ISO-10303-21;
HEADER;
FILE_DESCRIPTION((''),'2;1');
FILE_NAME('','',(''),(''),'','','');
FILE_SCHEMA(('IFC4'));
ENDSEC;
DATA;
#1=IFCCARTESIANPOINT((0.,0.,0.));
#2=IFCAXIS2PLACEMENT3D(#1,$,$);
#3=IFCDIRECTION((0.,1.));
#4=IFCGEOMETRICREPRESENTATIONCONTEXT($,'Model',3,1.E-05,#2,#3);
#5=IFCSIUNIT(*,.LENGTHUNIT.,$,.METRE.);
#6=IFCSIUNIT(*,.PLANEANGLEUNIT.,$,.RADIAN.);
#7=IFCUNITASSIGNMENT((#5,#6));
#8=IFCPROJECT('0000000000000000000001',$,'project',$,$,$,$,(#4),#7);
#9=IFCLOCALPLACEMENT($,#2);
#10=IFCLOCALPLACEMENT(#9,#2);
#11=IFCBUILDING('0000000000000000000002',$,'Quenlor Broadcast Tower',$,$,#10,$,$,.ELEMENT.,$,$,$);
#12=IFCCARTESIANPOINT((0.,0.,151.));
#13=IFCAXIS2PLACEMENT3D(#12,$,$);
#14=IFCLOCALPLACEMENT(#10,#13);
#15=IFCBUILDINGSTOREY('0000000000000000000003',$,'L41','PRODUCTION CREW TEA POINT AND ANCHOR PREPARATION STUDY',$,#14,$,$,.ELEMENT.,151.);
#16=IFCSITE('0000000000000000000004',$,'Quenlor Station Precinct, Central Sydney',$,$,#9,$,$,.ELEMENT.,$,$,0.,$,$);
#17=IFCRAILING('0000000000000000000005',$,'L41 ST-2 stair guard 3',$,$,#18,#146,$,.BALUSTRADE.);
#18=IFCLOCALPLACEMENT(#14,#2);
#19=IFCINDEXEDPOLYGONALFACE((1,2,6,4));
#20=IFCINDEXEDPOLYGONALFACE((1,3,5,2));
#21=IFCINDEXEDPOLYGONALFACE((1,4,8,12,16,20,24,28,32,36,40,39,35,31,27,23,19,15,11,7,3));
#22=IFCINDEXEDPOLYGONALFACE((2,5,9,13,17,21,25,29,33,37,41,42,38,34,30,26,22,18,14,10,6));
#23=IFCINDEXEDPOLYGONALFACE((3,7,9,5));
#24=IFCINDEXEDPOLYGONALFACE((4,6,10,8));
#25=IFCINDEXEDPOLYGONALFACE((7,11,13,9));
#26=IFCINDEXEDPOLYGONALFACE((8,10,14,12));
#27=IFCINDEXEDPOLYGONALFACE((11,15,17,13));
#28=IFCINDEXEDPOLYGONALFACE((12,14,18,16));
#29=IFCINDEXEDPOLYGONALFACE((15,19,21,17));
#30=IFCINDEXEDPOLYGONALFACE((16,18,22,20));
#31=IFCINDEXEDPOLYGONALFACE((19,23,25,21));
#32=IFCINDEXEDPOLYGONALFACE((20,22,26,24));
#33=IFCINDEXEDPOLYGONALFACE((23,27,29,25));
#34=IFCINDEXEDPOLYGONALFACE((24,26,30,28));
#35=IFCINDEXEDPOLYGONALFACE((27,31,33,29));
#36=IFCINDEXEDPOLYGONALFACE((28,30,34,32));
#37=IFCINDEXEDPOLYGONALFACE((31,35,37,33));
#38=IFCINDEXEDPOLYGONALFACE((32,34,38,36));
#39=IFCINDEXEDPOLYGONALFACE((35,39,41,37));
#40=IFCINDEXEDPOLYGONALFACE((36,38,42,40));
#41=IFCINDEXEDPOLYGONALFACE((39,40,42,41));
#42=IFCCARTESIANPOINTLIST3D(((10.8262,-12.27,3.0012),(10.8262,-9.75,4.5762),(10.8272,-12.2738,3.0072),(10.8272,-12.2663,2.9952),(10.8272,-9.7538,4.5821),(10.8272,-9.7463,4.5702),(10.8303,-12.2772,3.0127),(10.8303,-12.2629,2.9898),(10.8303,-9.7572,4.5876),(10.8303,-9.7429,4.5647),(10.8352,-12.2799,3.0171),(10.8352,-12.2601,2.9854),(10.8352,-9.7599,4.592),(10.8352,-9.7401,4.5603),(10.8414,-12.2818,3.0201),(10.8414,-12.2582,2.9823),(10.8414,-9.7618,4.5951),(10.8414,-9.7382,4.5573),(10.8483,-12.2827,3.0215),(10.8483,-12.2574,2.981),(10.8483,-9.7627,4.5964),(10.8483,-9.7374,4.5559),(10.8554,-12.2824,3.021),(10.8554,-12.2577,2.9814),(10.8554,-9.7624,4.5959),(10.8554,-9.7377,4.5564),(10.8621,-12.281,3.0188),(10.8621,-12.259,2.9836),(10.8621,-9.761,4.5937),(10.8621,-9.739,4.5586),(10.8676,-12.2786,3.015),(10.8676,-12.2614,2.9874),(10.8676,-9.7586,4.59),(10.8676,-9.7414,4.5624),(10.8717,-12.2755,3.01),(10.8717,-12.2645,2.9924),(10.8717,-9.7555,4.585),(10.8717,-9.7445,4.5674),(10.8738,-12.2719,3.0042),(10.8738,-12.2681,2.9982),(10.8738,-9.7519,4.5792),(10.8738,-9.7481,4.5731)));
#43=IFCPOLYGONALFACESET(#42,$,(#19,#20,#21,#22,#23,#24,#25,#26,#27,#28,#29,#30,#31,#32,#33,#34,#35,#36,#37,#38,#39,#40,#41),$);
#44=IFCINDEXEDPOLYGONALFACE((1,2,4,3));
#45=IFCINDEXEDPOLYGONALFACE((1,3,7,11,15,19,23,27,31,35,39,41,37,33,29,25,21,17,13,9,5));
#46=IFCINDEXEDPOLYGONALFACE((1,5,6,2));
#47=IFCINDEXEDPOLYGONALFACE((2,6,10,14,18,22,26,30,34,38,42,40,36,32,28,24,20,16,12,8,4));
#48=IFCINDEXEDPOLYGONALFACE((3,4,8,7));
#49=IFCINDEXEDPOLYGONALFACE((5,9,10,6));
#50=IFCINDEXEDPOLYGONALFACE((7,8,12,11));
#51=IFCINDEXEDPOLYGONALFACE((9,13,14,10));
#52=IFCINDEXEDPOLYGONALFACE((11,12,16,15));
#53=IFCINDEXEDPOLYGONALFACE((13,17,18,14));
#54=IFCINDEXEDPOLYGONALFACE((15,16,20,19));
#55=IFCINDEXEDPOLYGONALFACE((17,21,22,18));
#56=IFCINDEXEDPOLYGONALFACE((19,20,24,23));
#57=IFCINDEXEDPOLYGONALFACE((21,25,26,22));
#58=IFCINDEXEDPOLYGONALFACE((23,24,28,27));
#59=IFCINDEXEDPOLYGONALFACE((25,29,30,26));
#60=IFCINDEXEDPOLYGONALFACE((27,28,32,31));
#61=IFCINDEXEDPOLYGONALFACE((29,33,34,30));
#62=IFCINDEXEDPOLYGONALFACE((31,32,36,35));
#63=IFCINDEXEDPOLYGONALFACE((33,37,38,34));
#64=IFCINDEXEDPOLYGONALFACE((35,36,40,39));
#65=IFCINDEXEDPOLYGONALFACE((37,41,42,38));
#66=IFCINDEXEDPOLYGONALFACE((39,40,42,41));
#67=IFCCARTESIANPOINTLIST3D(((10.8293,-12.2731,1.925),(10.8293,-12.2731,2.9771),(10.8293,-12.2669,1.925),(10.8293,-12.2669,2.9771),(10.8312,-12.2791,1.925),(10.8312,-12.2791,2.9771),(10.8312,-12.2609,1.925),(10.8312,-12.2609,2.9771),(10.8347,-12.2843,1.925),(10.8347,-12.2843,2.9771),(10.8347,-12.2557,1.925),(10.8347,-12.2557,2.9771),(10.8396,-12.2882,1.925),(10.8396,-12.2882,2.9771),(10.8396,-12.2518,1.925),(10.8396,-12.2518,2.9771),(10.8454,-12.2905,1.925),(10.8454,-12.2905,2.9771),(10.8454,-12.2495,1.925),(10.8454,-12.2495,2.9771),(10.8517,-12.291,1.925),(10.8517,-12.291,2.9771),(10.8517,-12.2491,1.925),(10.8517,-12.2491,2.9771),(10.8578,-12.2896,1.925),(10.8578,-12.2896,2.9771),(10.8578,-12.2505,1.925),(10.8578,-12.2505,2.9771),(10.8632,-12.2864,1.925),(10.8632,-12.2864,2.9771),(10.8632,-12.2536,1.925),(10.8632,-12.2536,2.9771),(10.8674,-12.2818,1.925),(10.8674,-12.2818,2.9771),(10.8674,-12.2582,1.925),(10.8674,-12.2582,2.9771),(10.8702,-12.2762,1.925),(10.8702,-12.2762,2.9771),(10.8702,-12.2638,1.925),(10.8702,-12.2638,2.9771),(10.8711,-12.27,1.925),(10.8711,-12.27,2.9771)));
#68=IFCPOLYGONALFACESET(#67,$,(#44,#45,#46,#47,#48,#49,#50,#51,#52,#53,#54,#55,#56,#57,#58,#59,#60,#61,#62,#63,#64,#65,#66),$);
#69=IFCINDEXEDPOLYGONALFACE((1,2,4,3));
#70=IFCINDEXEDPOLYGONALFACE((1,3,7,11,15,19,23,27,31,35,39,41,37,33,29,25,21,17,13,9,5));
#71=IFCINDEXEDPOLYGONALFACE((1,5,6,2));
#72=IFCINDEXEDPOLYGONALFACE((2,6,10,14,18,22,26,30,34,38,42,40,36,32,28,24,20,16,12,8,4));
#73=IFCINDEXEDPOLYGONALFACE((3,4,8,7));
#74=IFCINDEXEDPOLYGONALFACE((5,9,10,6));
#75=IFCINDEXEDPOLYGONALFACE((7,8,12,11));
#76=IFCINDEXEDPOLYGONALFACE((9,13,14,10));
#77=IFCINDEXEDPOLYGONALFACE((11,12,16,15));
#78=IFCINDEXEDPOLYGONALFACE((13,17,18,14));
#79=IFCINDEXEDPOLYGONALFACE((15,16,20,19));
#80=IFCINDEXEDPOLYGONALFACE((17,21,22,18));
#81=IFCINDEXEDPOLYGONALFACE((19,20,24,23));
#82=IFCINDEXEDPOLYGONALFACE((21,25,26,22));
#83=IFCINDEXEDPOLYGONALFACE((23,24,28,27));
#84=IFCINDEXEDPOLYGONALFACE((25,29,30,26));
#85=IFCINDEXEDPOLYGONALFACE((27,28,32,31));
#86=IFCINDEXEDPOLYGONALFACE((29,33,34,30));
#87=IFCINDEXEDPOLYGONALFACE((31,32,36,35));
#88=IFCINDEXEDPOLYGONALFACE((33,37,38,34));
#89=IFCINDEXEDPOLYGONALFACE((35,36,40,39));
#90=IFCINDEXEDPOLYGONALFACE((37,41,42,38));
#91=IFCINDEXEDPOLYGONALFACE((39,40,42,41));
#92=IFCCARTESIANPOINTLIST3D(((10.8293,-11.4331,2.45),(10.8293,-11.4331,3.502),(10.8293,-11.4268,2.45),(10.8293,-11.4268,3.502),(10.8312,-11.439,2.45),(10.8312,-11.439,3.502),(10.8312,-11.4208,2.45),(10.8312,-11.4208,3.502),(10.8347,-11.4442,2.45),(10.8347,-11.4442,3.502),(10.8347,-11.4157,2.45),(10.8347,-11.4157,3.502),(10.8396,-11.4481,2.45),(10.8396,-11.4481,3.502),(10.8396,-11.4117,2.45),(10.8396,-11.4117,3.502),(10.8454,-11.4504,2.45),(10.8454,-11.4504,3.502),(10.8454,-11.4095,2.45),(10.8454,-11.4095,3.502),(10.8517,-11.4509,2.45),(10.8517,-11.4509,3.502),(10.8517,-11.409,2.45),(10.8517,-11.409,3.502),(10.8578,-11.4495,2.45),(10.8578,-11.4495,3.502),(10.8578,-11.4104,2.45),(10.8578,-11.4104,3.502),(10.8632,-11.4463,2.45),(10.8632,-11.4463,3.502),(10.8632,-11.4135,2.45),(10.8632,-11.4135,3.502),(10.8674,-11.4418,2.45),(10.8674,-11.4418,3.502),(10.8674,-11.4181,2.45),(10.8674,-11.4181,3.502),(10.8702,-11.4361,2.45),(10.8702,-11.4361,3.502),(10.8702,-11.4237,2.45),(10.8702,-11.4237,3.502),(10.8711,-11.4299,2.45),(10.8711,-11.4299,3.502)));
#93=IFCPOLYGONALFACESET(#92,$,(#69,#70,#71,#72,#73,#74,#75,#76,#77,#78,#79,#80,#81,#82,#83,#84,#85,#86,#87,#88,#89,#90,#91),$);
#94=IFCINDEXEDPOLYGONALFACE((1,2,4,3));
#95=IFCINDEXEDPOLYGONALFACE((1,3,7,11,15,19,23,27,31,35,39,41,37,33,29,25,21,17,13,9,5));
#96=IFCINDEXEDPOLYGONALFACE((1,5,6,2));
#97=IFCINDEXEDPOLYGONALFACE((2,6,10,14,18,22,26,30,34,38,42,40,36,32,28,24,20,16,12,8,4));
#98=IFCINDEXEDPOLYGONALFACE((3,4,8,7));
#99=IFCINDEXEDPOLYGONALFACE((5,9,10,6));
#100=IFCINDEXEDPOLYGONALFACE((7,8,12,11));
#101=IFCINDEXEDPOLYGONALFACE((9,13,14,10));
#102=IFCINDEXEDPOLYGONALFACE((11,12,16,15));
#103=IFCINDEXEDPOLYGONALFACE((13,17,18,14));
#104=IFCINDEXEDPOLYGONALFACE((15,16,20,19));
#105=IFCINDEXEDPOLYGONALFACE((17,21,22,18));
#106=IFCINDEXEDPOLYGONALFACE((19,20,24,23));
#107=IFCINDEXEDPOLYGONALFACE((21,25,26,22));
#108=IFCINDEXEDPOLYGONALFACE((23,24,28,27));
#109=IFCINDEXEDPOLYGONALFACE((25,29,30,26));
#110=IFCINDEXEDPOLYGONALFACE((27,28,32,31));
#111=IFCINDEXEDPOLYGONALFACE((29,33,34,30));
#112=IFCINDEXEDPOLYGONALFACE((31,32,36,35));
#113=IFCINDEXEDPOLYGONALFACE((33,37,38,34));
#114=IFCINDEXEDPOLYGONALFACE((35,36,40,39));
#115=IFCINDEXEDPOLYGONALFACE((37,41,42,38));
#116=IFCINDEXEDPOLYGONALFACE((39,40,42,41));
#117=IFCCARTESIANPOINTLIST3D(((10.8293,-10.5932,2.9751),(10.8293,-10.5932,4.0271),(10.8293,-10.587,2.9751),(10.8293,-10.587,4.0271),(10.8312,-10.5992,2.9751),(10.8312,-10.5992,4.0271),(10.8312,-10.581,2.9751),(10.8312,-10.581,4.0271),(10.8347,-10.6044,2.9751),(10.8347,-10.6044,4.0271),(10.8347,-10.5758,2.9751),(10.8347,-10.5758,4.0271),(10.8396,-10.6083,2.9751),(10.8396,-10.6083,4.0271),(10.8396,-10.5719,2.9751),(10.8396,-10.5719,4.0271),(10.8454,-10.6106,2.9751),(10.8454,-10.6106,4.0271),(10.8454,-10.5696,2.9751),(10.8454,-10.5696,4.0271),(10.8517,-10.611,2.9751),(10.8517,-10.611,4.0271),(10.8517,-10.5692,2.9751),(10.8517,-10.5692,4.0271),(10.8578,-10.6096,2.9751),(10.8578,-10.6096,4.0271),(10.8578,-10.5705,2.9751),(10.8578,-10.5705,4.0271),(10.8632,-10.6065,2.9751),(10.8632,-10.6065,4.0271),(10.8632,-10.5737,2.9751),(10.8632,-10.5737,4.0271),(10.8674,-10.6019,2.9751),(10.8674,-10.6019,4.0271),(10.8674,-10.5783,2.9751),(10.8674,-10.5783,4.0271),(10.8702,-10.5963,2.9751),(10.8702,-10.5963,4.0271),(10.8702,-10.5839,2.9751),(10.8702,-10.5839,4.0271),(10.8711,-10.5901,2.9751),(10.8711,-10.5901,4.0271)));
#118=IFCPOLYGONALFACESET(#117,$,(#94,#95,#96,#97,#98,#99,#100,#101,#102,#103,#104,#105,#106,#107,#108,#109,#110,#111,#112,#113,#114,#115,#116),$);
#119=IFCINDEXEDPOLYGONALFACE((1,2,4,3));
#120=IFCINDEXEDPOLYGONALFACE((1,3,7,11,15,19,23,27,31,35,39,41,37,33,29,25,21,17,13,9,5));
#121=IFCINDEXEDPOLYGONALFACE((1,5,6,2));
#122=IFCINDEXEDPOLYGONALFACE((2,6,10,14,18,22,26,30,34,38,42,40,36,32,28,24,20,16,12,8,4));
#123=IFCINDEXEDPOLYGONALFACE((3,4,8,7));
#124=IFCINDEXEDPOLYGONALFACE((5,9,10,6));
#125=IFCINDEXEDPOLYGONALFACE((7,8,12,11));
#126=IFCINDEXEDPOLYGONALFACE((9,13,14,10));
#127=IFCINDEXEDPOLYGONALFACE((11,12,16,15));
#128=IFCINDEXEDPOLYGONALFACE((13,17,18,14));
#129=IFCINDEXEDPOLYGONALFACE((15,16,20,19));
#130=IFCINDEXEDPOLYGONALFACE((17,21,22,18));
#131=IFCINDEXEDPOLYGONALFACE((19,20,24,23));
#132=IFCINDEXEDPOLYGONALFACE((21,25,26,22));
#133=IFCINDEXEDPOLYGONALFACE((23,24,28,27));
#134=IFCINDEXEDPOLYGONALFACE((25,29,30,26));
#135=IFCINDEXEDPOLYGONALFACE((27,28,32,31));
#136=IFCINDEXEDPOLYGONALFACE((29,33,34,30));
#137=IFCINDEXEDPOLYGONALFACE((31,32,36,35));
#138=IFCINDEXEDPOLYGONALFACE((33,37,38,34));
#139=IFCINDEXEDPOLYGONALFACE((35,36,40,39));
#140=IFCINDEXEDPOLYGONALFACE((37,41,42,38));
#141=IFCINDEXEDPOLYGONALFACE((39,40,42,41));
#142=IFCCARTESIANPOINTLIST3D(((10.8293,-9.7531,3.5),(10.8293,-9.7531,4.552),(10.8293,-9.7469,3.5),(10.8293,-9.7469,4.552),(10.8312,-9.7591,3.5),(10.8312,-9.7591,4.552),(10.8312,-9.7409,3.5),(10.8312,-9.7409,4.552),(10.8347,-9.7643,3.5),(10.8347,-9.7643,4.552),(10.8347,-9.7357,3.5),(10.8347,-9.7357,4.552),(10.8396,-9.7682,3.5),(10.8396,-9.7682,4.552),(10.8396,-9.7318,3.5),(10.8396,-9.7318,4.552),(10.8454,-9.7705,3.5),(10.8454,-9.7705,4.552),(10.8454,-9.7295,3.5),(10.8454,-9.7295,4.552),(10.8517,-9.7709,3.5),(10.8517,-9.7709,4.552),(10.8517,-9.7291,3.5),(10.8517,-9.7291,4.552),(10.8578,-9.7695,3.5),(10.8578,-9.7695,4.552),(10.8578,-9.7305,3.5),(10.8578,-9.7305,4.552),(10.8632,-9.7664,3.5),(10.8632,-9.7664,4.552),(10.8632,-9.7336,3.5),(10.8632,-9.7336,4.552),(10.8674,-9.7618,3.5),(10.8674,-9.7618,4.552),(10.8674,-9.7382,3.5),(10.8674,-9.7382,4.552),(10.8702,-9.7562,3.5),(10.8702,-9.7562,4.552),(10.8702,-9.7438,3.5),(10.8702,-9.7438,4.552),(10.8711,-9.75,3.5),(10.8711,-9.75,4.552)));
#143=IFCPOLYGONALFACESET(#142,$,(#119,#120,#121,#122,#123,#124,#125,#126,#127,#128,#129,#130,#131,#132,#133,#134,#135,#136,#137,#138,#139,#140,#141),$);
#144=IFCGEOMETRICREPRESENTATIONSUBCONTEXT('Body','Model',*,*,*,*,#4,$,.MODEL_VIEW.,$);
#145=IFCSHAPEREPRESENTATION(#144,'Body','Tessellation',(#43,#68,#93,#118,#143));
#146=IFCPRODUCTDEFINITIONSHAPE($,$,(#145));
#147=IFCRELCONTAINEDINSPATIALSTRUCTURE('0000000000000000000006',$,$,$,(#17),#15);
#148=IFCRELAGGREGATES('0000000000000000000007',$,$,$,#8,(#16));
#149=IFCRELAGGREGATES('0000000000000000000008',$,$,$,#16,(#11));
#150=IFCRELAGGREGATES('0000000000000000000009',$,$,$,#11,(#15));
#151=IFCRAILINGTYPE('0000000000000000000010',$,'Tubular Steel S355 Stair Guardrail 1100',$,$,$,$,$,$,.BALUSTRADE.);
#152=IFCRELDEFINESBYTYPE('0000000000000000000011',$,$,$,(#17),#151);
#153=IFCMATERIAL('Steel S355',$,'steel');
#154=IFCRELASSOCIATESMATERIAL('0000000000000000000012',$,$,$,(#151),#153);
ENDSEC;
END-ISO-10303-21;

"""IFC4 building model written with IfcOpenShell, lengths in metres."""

from ifc_helpers import new_model, si_unit, direction, frame, origin, origin_2d, place, context, subcontext, project, spatial, circle, extrude, material, type_object, element, save


model = new_model("IFC4")

# Units and contexts
model_context = context("Model", 3, precision=1e-05, world=origin(), true_north=direction((0.0, 1.0)))
body_context = subcontext(model_context, "Body", "Model", "MODEL_VIEW")
ifc_project = project(units=[si_unit("LENGTHUNIT", "METRE"), si_unit("PLANEANGLEUNIT", "RADIAN")], contexts=[model_context])

# Site, building, storey
site_placement = place(None, origin())
site = spatial("IfcSite", under=ifc_project, at=site_placement, Name="Quenlor Station Precinct, Central Sydney", CompositionType="ELEMENT", RefElevation=0.0)
building_placement = place(site_placement, origin())
building = spatial("IfcBuilding", under=site, at=building_placement, Name="Quenlor Broadcast Tower", CompositionType="ELEMENT")
storey_placement = place(building_placement, frame((0.0, 0.0, 151.0)))
storey = spatial("IfcBuildingStorey", under=building, at=storey_placement, Name="L41", Description="PRODUCTION CREW TEA POINT AND ANCHOR PREPARATION STUDY", CompositionType="ELEMENT", Elevation=151.0)

# Railing
ifc_material_1 = material(Name="Steel S355", Category="steel")
railing_type_1 = type_object("IfcRailingType", Name="Tubular Steel S355 Stair Guardrail 1100", PredefinedType="BALUSTRADE", material=ifc_material_1)
railing_1_placement = place(storey_placement, frame((10.8501, -12.27, 1.925)))
element("IfcRailing", 1, at=railing_1_placement, inside=storey, type_object=railing_type_1, Name="L41 ST-2 stair guard 3", PredefinedType="BALUSTRADE", context=body_context, shape_type="SweptSolid", body=[
    extrude(circle(Radius=0.0239, at=origin_2d()), frame((0.0, 0.0, 1.0762), z_axis=(0.0, 0.848008, 0.529984), x_axis=(-1.0, 0.0, 0.0)), (0.0, 0.0, 1.0), 2.9717),
    extrude(circle(Radius=0.021, at=origin_2d()), origin(), (0.0, 0.0, 1.0), 1.052),
    extrude(circle(Radius=0.021, at=origin_2d()), frame((0.0, 0.8401, 0.5249)), (0.0, 0.0, 1.0), 1.052),
    extrude(circle(Radius=0.021, at=origin_2d()), frame((0.0, 1.6799, 1.05)), (0.0, 0.0, 1.0), 1.052),
    extrude(circle(Radius=0.021, at=origin_2d()), frame((0.0, 2.52, 1.575)), (0.0, 0.0, 1.0), 1.052),
])

save(model, "model.ifc")
